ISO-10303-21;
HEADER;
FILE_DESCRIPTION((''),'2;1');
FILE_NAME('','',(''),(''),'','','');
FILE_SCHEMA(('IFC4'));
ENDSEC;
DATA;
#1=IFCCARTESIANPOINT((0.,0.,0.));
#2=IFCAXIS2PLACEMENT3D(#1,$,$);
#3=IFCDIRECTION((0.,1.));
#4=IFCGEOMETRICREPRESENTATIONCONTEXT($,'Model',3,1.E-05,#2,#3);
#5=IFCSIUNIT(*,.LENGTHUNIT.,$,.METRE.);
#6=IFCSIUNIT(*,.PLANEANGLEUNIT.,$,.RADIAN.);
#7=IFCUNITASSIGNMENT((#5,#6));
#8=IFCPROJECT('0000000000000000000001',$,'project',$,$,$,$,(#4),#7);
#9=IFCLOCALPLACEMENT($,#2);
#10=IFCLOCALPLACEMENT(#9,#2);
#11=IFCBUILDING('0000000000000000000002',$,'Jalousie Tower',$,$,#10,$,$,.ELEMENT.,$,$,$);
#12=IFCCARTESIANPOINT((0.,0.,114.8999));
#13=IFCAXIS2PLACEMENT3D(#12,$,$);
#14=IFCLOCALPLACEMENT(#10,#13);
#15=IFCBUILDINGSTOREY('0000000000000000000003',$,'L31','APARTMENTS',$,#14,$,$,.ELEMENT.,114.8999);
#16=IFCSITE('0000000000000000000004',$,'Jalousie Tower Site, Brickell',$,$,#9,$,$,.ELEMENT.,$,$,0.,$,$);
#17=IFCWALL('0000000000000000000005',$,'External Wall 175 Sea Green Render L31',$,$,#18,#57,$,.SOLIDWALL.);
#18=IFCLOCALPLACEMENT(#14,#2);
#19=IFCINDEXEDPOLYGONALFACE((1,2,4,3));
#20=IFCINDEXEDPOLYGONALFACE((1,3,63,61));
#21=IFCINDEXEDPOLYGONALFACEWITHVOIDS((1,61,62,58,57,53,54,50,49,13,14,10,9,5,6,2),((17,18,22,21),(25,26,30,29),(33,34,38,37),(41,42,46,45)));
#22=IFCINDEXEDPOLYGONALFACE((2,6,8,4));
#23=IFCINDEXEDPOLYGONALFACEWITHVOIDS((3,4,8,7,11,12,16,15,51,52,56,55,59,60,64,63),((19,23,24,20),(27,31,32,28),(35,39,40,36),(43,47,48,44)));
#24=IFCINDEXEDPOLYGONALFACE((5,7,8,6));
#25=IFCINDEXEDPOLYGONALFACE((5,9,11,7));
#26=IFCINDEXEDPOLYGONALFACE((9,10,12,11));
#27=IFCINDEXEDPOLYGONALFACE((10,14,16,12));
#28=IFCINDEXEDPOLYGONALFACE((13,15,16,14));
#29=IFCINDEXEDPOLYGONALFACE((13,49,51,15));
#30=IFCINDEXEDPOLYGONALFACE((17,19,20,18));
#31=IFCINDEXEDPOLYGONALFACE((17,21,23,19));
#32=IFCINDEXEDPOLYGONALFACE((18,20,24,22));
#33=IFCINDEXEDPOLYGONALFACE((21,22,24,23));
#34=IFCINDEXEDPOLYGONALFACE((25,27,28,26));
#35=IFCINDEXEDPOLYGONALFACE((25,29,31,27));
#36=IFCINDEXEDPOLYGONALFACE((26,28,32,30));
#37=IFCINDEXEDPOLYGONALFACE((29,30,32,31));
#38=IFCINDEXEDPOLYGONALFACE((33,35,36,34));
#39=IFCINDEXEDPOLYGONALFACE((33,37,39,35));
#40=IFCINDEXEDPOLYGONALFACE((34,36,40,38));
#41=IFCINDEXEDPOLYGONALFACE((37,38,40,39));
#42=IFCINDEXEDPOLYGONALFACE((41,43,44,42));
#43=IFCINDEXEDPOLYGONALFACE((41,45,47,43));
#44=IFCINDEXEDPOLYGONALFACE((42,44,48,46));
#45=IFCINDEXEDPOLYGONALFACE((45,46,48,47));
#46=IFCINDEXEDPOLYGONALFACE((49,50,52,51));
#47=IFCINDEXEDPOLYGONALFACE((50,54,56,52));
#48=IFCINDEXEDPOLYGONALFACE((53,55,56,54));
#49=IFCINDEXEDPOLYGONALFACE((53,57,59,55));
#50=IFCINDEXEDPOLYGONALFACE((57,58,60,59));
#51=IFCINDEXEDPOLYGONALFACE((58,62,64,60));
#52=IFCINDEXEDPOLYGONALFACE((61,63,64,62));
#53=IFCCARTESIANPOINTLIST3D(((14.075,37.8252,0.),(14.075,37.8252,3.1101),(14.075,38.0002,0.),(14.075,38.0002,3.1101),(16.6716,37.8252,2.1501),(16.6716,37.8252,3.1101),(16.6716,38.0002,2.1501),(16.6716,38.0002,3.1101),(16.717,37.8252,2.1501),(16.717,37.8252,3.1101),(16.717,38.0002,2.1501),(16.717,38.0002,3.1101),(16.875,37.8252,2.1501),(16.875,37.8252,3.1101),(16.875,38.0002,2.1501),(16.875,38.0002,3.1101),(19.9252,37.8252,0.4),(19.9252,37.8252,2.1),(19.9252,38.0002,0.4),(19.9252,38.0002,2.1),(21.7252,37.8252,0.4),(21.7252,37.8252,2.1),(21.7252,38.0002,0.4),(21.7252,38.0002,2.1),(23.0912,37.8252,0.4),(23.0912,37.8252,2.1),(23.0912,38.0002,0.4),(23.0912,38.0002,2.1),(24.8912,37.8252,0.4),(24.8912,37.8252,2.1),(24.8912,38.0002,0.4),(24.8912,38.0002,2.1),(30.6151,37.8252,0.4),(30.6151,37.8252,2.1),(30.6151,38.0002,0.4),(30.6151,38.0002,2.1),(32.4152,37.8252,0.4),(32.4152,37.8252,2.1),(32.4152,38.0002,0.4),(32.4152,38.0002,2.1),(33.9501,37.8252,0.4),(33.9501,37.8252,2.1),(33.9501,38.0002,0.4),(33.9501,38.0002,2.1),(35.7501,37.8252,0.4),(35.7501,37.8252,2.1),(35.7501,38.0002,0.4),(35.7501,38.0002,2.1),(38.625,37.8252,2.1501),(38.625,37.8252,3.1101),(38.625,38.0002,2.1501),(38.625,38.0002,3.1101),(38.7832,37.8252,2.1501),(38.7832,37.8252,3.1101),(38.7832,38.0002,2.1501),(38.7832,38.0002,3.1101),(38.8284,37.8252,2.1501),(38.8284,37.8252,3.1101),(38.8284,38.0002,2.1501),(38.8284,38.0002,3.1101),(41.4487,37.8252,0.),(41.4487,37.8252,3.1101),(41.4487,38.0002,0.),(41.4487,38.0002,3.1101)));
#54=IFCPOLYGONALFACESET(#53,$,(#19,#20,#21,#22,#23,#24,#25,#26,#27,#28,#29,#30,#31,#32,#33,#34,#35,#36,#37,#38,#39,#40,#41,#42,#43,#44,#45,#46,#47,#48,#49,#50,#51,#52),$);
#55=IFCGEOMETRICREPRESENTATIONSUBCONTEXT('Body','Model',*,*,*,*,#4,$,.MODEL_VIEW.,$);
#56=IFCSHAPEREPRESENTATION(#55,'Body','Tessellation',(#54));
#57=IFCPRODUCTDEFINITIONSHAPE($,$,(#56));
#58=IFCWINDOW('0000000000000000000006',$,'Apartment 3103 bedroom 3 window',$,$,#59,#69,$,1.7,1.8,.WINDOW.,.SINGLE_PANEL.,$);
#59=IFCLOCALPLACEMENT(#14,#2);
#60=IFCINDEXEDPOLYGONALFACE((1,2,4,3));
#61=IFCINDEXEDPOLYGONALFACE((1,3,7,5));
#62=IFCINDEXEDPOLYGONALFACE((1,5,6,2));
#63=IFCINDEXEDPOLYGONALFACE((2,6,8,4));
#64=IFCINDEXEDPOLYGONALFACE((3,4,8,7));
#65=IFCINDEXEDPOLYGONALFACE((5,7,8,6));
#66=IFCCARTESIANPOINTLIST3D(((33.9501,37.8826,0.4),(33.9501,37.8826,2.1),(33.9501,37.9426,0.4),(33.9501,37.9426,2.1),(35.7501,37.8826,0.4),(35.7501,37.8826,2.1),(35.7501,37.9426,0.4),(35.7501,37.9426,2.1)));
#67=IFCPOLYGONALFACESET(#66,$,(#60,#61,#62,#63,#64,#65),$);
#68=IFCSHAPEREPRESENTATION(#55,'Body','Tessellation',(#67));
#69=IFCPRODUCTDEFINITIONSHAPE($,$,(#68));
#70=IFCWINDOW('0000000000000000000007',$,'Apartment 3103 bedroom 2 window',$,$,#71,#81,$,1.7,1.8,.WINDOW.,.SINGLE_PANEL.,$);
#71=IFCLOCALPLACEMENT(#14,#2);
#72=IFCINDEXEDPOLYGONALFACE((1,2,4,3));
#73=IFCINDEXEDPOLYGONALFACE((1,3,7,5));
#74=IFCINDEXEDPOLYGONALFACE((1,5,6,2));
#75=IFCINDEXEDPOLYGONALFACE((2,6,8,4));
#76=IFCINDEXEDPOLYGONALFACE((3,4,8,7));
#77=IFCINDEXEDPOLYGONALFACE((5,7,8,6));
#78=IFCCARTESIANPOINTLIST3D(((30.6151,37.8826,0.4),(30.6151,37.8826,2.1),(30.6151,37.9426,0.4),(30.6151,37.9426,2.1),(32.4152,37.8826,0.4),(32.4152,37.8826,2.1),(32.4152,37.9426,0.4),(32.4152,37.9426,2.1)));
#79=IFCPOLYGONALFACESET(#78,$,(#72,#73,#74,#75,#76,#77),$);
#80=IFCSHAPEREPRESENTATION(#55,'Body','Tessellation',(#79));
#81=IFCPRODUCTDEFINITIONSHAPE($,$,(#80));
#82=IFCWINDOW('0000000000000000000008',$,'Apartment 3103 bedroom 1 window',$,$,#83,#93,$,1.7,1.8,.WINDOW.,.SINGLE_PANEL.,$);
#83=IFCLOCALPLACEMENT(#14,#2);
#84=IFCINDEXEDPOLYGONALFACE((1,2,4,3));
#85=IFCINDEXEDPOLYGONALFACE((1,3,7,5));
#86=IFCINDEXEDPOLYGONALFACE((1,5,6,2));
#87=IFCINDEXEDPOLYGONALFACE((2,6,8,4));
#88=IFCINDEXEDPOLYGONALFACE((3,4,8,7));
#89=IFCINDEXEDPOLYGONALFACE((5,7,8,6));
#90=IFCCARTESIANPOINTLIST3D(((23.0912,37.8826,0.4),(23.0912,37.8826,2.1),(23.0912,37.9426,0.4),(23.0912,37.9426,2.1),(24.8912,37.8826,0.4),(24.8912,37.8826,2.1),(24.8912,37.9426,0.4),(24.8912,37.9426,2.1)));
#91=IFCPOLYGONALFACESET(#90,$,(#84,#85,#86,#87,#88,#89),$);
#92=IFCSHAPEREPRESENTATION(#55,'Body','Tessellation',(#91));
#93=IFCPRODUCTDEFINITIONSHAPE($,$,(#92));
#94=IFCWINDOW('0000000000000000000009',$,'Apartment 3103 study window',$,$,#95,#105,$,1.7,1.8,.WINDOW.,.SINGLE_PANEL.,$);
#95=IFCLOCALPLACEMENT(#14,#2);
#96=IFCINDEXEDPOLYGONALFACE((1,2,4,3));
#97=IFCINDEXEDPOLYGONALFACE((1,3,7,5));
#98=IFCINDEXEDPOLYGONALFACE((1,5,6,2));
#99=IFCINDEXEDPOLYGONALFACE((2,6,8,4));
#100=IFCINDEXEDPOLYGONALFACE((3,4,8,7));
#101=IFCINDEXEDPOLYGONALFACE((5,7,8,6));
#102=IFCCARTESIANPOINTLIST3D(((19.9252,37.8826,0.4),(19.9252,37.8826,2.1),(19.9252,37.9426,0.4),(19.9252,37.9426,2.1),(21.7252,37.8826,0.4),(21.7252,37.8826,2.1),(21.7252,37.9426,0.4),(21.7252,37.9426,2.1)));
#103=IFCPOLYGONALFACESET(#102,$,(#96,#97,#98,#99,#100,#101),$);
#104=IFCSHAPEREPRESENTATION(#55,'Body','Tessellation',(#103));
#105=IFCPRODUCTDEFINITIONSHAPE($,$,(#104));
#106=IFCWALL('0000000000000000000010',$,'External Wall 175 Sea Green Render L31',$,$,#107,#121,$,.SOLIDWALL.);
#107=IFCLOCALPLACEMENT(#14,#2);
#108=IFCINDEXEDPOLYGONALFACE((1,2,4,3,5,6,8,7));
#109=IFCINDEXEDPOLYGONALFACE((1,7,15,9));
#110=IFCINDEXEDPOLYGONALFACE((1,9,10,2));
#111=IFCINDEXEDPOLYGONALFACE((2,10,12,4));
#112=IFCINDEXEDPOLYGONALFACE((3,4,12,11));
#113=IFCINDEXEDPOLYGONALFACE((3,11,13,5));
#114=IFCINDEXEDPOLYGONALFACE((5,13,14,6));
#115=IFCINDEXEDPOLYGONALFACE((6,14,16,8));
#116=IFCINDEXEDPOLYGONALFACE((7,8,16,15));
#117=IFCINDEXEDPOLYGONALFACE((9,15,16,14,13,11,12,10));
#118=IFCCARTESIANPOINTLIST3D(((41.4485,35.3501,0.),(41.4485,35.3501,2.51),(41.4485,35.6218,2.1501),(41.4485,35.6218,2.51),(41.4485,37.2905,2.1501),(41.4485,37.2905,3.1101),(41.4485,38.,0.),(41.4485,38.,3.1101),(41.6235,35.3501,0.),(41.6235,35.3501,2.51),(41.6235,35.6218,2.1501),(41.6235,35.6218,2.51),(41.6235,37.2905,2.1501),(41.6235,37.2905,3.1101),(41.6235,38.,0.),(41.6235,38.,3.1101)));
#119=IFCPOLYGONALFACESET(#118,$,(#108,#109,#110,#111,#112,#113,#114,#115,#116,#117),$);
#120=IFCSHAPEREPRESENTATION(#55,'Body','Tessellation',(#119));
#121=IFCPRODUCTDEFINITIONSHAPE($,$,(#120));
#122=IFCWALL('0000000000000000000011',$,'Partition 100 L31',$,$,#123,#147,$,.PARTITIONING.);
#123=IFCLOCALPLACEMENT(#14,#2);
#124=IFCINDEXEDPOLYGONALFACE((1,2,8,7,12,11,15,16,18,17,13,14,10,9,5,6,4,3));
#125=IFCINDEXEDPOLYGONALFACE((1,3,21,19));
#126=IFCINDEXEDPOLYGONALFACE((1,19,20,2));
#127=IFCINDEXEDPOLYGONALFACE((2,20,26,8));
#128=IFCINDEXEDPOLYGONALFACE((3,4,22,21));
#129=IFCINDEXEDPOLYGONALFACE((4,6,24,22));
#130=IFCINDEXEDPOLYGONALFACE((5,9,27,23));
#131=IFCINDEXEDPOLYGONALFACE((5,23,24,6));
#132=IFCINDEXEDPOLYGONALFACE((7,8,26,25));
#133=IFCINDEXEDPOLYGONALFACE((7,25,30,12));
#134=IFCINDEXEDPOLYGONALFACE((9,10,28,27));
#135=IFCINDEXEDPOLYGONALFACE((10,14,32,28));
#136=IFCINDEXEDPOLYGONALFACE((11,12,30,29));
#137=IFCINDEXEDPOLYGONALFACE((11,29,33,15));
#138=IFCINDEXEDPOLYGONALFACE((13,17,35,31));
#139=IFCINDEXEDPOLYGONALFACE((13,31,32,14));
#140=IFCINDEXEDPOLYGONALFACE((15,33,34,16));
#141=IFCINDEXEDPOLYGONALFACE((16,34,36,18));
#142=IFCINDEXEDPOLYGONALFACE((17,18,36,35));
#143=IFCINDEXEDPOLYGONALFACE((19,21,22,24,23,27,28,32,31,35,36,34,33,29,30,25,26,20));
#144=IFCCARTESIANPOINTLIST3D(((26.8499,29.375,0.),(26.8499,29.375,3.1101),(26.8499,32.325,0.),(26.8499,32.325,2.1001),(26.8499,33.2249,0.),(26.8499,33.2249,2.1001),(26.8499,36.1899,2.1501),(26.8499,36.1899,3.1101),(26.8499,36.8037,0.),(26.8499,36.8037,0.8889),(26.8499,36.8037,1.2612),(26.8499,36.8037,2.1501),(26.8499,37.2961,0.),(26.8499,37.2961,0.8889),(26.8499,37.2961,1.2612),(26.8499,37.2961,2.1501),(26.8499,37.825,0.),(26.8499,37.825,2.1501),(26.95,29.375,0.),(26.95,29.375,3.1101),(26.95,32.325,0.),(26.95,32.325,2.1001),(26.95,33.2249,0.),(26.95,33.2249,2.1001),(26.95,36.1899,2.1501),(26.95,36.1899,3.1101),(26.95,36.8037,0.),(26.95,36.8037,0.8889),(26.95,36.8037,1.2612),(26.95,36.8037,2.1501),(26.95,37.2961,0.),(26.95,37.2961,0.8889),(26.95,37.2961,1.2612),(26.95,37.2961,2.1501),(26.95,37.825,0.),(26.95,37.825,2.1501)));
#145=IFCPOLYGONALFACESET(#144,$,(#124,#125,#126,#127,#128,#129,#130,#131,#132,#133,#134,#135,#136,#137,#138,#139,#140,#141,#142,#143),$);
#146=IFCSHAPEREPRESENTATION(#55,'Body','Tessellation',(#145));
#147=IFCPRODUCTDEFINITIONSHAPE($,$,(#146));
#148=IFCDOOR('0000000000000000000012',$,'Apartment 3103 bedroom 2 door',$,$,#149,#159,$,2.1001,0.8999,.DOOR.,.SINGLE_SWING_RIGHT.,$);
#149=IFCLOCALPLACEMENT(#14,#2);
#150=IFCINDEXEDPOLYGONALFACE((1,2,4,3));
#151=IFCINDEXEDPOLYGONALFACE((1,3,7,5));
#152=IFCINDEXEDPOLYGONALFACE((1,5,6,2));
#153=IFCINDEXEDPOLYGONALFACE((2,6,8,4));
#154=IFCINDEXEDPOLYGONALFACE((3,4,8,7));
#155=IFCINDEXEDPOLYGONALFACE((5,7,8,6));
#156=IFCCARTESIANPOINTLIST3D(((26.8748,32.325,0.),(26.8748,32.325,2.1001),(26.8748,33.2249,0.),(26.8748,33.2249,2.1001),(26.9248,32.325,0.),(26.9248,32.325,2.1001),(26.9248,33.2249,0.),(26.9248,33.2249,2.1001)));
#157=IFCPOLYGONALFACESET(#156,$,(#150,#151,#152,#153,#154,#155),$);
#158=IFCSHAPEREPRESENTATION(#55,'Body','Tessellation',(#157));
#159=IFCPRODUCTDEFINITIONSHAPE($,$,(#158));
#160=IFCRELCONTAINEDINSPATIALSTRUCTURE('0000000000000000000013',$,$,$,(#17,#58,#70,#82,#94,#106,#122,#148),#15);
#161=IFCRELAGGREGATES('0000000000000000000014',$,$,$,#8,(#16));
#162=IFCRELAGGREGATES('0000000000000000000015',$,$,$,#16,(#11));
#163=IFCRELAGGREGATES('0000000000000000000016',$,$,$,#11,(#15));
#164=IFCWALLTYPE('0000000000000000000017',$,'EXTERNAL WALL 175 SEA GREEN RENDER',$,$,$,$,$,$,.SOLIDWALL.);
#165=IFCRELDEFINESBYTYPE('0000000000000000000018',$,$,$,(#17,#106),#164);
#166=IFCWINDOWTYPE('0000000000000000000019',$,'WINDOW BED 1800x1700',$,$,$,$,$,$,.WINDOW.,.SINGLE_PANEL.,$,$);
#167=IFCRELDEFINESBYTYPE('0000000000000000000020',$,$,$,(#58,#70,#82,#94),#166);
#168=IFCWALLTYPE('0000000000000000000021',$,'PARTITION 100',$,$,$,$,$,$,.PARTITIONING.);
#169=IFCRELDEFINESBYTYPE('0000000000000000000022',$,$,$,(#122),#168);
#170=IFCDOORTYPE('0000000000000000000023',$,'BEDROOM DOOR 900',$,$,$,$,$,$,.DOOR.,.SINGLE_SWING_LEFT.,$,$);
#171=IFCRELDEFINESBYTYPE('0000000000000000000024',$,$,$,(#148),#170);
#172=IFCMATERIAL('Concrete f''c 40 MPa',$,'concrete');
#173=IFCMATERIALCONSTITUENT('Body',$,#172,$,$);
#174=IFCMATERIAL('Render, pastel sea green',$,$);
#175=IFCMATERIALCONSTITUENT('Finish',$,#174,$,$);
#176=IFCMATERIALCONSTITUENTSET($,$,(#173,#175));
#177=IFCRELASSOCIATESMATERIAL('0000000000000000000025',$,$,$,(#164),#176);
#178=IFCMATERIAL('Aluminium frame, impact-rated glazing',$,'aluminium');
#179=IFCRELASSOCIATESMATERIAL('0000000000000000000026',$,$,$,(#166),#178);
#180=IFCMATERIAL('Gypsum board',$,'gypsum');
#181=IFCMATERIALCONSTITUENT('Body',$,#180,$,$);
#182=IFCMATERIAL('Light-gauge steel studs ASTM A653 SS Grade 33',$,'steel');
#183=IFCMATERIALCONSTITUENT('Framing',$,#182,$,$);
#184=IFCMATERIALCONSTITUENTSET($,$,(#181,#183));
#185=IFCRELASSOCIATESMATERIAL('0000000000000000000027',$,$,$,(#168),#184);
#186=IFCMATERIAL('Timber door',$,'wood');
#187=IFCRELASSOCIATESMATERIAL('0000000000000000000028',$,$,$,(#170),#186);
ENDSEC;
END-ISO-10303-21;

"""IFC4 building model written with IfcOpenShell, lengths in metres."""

from ifc_helpers import new_model, si_unit, direction, frame, frame_2d, origin, place, context, subcontext, project, spatial, polyline, rectangle, outline, extrude, material, constituent, constituent_set, type_object, element, fill, save


model = new_model("IFC4")

# Units and contexts
model_context = context("Model", 3, precision=1e-05, world=origin(), true_north=direction((0.0, 1.0)))
body_context = subcontext(model_context, "Body", "Model", "MODEL_VIEW")
ifc_project = project(units=[si_unit("LENGTHUNIT", "METRE"), si_unit("PLANEANGLEUNIT", "RADIAN")], contexts=[model_context])

# Site, building, storey
site_placement = place(None, origin())
site = spatial("IfcSite", under=ifc_project, at=site_placement, Name="Jalousie Tower Site, Brickell", CompositionType="ELEMENT", RefElevation=0.0)
building_placement = place(site_placement, origin())
building = spatial("IfcBuilding", under=site, at=building_placement, Name="Jalousie Tower", CompositionType="ELEMENT")
storey_placement = place(building_placement, frame((0.0, 0.0, 114.8999)))
storey = spatial("IfcBuildingStorey", under=building, at=storey_placement, Name="L31", Description="APARTMENTS", CompositionType="ELEMENT", Elevation=114.8999)

# Wall, openings, windows
ifc_material_1 = material(Name="Concrete f'c 40 MPa", Category="concrete")
ifc_constituent_1 = constituent(ifc_material_1, Name="Body")
ifc_material_2 = material(Name="Render, pastel sea green")
ifc_constituent_2 = constituent(ifc_material_2, Name="Finish")
ifc_constituent_set_1 = constituent_set(constituents=[ifc_constituent_1, ifc_constituent_2])
wall_type_1 = type_object("IfcWallType", Name="EXTERNAL WALL 175 SEA GREEN RENDER", PredefinedType="SOLIDWALL", material=ifc_constituent_set_1)
wall_1_placement = place(storey_placement, frame((41.4487, 37.9126, 0.0), z_axis=(0.0, 0.0, 1.0), x_axis=(-1.0, 0.0, 0.0)))
wall_1 = element("IfcWall", 1, at=wall_1_placement, inside=storey, type_object=wall_type_1, Name="External Wall 175 Sea Green Render L31", PredefinedType="SOLIDWALL", context=body_context, shape_type="SweptSolid", body=[
    extrude(outline(polyline([(0.0, 0.0), (27.3738, 0.0), (27.3738, 3.1101), (24.7771, 3.1101), (24.7771, 2.1501), (24.7317, 2.1501), (24.7317, 3.1101), (24.5737, 3.1101), (24.5737, 2.1501), (2.8237, 2.1501), (2.8237, 3.1101), (2.6655, 3.1101), (2.6655, 2.1501), (2.6204, 2.1501), (2.6204, 3.1101), (0.0, 3.1101), (0.0, 0.0)])), frame((0.0, 0.0874, 0.0), z_axis=(0.0, -1.0, 0.0), x_axis=(1.0, 0.0, 0.0)), (0.0, 0.0, 1.0), 0.175),
])
opening_1_placement = place(wall_1_placement, frame((5.6987, 0.0, 0.3999)))
opening_1 = element("IfcOpeningElement", 2, at=opening_1_placement, cuts=wall_1, PredefinedType="OPENING", context=body_context, shape_type="SweptSolid", body=[
    extrude(rectangle(XDim=1.8, YDim=1.7, at=frame_2d((0.8999, 0.8501))), frame((0.0, 0.0974, 0.0), z_axis=(0.0, -1.0, 0.0), x_axis=(1.0, 0.0, 0.0)), (0.0, 0.0, 1.0), 0.1951),
])
opening_2_placement = place(wall_1_placement, frame((9.0337, 0.0, 0.3999)))
opening_2 = element("IfcOpeningElement", 3, at=opening_2_placement, cuts=wall_1, PredefinedType="OPENING", context=body_context, shape_type="SweptSolid", body=[
    extrude(rectangle(XDim=1.8, YDim=1.7, at=frame_2d((0.8999, 0.8501))), frame((0.0, 0.0974, 0.0), z_axis=(0.0, -1.0, 0.0), x_axis=(1.0, 0.0, 0.0)), (0.0, 0.0, 1.0), 0.1951),
])
opening_3_placement = place(wall_1_placement, frame((16.5576, 0.0, 0.3999)))
opening_3 = element("IfcOpeningElement", 4, at=opening_3_placement, cuts=wall_1, PredefinedType="OPENING", context=body_context, shape_type="SweptSolid", body=[
    extrude(rectangle(XDim=1.8, YDim=1.7, at=frame_2d((0.8999, 0.8501))), frame((0.0, 0.0974, 0.0), z_axis=(0.0, -1.0, 0.0), x_axis=(1.0, 0.0, 0.0)), (0.0, 0.0, 1.0), 0.1951),
])
opening_4_placement = place(wall_1_placement, frame((19.7236, 0.0, 0.3999)))
opening_4 = element("IfcOpeningElement", 5, at=opening_4_placement, cuts=wall_1, PredefinedType="OPENING", context=body_context, shape_type="SweptSolid", body=[
    extrude(rectangle(XDim=1.8, YDim=1.7, at=frame_2d((0.8999, 0.8501))), frame((0.0, 0.0974, 0.0), z_axis=(0.0, -1.0, 0.0), x_axis=(1.0, 0.0, 0.0)), (0.0, 0.0, 1.0), 0.1951),
])
ifc_material_3 = material(Name="Aluminium frame, impact-rated glazing", Category="aluminium")
window_type = type_object("IfcWindowType", Name="WINDOW BED 1800x1700", PartitioningType="SINGLE_PANEL", PredefinedType="WINDOW", material=ifc_material_3)
window_1_placement = place(opening_1_placement, origin())
window_1 = element("IfcWindow", 6, at=window_1_placement, inside=storey, type_object=window_type, Name="Apartment 3103 bedroom 3 window", OverallHeight=1.7, OverallWidth=1.8, PartitioningType="SINGLE_PANEL", PredefinedType="WINDOW", context=body_context, shape_type="SweptSolid", body=[
    extrude(rectangle(XDim=1.8, YDim=1.7, at=frame_2d((0.8999, 0.8501))), frame((0.0, 0.03, 0.0), z_axis=(0.0, -1.0, 0.0), x_axis=(1.0, 0.0, 0.0)), (0.0, 0.0, 1.0), 0.0601),
])
fill(opening_1, window_1)
window_2_placement = place(opening_2_placement, origin())
window_2 = element("IfcWindow", 7, at=window_2_placement, inside=storey, type_object=window_type, Name="Apartment 3103 bedroom 2 window", OverallHeight=1.7, OverallWidth=1.8, PartitioningType="SINGLE_PANEL", PredefinedType="WINDOW", context=body_context, shape_type="SweptSolid", body=[
    extrude(rectangle(XDim=1.8, YDim=1.7, at=frame_2d((0.8999, 0.8501))), frame((0.0, 0.03, 0.0), z_axis=(0.0, -1.0, 0.0), x_axis=(1.0, 0.0, 0.0)), (0.0, 0.0, 1.0), 0.0601),
])
fill(opening_2, window_2)
window_3_placement = place(opening_3_placement, origin())
window_3 = element("IfcWindow", 8, at=window_3_placement, inside=storey, type_object=window_type, Name="Apartment 3103 bedroom 1 window", OverallHeight=1.7, OverallWidth=1.8, PartitioningType="SINGLE_PANEL", PredefinedType="WINDOW", context=body_context, shape_type="SweptSolid", body=[
    extrude(rectangle(XDim=1.8, YDim=1.7, at=frame_2d((0.8999, 0.8501))), frame((0.0, 0.03, 0.0), z_axis=(0.0, -1.0, 0.0), x_axis=(1.0, 0.0, 0.0)), (0.0, 0.0, 1.0), 0.0601),
])
fill(opening_3, window_3)
window_4_placement = place(opening_4_placement, origin())
window_4 = element("IfcWindow", 9, at=window_4_placement, inside=storey, type_object=window_type, Name="Apartment 3103 study window", OverallHeight=1.7, OverallWidth=1.8, PartitioningType="SINGLE_PANEL", PredefinedType="WINDOW", context=body_context, shape_type="SweptSolid", body=[
    extrude(rectangle(XDim=1.8, YDim=1.7, at=frame_2d((0.8999, 0.8501))), frame((0.0, 0.03, 0.0), z_axis=(0.0, -1.0, 0.0), x_axis=(1.0, 0.0, 0.0)), (0.0, 0.0, 1.0), 0.0601),
])
fill(opening_4, window_4)

# Wall
wall_2_placement = place(storey_placement, frame((41.5361, 38.0, 0.0), z_axis=(0.0, 0.0, 1.0), x_axis=(0.0, -1.0, 0.0)))
element("IfcWall", 10, at=wall_2_placement, inside=storey, type_object=wall_type_1, Name="External Wall 175 Sea Green Render L31", PredefinedType="SOLIDWALL", context=body_context, shape_type="SweptSolid", body=[
    extrude(outline(polyline([(0.0, 0.0), (2.6499, 0.0), (2.6499, 2.51), (2.3782, 2.51), (2.3782, 2.1501), (0.7095, 2.1501), (0.7095, 3.1101), (0.0, 3.1101), (0.0, 0.0)])), frame((0.0, 0.0874, 0.0), z_axis=(0.0, -1.0, 0.0), x_axis=(1.0, 0.0, 0.0)), (0.0, 0.0, 1.0), 0.175),
])

# Wall, opening, door
ifc_material_4 = material(Name="Gypsum board", Category="gypsum")
ifc_constituent_3 = constituent(ifc_material_4, Name="Body")
ifc_material_5 = material(Name="Light-gauge steel studs ASTM A653 SS Grade 33", Category="steel")
ifc_constituent_4 = constituent(ifc_material_5, Name="Framing")
ifc_constituent_set_2 = constituent_set(constituents=[ifc_constituent_3, ifc_constituent_4])
wall_type_2 = type_object("IfcWallType", Name="PARTITION 100", PredefinedType="PARTITIONING", material=ifc_constituent_set_2)
wall_3_placement = place(storey_placement, frame((26.8999, 37.825, 0.0), z_axis=(0.0, 0.0, 1.0), x_axis=(0.0, -1.0, 0.0)))
wall_3 = element("IfcWall", 11, at=wall_3_placement, inside=storey, type_object=wall_type_2, Name="Partition 100 L31", PredefinedType="PARTITIONING", context=body_context, shape_type="SweptSolid", body=[
    extrude(outline(polyline([(0.5288, 2.1501), (0.0, 2.1501), (0.0, 0.0), (0.5288, 0.0), (0.5288, 0.8889), (1.0212, 0.8889), (1.0212, 0.0), (8.45, 0.0), (8.45, 3.1101), (1.635, 3.1101), (1.635, 2.1501), (1.0212, 2.1501), (1.0212, 1.2612), (0.5288, 1.2612), (0.5288, 2.1501)])), frame((0.0, 0.05, 0.0), z_axis=(0.0, -1.0, 0.0), x_axis=(1.0, 0.0, 0.0)), (0.0, 0.0, 1.0), 0.1001),
])
opening_5_placement = place(wall_3_placement, frame((4.6001, 0.0, 0.0)))
opening_5 = element("IfcOpeningElement", 12, at=opening_5_placement, cuts=wall_3, PredefinedType="OPENING", context=body_context, shape_type="SweptSolid", body=[
    extrude(rectangle(XDim=0.8999, YDim=2.1001, at=frame_2d((0.45, 1.05))), frame((0.0, 0.0601, 0.0), z_axis=(0.0, -1.0, 0.0), x_axis=(1.0, 0.0, 0.0)), (0.0, 0.0, 1.0), 0.1201),
])
ifc_material_6 = material(Name="Timber door", Category="wood")
door_type = type_object("IfcDoorType", Name="BEDROOM DOOR 900", OperationType="SINGLE_SWING_LEFT", PredefinedType="DOOR", material=ifc_material_6)
door_1_placement = place(opening_5_placement, origin())
door_1 = element("IfcDoor", 13, at=door_1_placement, inside=storey, type_object=door_type, Name="Apartment 3103 bedroom 2 door", OperationType="SINGLE_SWING_RIGHT", OverallHeight=2.1001, OverallWidth=0.8999, PredefinedType="DOOR", context=body_context, shape_type="SweptSolid", body=[
    extrude(rectangle(XDim=0.8999, YDim=2.1001, at=frame_2d((0.45, 1.05))), frame((0.0, 0.0249, 0.0), z_axis=(0.0, -1.0, 0.0), x_axis=(1.0, 0.0, 0.0)), (0.0, 0.0, 1.0), 0.05),
])
fill(opening_5, door_1)

save(model, "model.ifc")
